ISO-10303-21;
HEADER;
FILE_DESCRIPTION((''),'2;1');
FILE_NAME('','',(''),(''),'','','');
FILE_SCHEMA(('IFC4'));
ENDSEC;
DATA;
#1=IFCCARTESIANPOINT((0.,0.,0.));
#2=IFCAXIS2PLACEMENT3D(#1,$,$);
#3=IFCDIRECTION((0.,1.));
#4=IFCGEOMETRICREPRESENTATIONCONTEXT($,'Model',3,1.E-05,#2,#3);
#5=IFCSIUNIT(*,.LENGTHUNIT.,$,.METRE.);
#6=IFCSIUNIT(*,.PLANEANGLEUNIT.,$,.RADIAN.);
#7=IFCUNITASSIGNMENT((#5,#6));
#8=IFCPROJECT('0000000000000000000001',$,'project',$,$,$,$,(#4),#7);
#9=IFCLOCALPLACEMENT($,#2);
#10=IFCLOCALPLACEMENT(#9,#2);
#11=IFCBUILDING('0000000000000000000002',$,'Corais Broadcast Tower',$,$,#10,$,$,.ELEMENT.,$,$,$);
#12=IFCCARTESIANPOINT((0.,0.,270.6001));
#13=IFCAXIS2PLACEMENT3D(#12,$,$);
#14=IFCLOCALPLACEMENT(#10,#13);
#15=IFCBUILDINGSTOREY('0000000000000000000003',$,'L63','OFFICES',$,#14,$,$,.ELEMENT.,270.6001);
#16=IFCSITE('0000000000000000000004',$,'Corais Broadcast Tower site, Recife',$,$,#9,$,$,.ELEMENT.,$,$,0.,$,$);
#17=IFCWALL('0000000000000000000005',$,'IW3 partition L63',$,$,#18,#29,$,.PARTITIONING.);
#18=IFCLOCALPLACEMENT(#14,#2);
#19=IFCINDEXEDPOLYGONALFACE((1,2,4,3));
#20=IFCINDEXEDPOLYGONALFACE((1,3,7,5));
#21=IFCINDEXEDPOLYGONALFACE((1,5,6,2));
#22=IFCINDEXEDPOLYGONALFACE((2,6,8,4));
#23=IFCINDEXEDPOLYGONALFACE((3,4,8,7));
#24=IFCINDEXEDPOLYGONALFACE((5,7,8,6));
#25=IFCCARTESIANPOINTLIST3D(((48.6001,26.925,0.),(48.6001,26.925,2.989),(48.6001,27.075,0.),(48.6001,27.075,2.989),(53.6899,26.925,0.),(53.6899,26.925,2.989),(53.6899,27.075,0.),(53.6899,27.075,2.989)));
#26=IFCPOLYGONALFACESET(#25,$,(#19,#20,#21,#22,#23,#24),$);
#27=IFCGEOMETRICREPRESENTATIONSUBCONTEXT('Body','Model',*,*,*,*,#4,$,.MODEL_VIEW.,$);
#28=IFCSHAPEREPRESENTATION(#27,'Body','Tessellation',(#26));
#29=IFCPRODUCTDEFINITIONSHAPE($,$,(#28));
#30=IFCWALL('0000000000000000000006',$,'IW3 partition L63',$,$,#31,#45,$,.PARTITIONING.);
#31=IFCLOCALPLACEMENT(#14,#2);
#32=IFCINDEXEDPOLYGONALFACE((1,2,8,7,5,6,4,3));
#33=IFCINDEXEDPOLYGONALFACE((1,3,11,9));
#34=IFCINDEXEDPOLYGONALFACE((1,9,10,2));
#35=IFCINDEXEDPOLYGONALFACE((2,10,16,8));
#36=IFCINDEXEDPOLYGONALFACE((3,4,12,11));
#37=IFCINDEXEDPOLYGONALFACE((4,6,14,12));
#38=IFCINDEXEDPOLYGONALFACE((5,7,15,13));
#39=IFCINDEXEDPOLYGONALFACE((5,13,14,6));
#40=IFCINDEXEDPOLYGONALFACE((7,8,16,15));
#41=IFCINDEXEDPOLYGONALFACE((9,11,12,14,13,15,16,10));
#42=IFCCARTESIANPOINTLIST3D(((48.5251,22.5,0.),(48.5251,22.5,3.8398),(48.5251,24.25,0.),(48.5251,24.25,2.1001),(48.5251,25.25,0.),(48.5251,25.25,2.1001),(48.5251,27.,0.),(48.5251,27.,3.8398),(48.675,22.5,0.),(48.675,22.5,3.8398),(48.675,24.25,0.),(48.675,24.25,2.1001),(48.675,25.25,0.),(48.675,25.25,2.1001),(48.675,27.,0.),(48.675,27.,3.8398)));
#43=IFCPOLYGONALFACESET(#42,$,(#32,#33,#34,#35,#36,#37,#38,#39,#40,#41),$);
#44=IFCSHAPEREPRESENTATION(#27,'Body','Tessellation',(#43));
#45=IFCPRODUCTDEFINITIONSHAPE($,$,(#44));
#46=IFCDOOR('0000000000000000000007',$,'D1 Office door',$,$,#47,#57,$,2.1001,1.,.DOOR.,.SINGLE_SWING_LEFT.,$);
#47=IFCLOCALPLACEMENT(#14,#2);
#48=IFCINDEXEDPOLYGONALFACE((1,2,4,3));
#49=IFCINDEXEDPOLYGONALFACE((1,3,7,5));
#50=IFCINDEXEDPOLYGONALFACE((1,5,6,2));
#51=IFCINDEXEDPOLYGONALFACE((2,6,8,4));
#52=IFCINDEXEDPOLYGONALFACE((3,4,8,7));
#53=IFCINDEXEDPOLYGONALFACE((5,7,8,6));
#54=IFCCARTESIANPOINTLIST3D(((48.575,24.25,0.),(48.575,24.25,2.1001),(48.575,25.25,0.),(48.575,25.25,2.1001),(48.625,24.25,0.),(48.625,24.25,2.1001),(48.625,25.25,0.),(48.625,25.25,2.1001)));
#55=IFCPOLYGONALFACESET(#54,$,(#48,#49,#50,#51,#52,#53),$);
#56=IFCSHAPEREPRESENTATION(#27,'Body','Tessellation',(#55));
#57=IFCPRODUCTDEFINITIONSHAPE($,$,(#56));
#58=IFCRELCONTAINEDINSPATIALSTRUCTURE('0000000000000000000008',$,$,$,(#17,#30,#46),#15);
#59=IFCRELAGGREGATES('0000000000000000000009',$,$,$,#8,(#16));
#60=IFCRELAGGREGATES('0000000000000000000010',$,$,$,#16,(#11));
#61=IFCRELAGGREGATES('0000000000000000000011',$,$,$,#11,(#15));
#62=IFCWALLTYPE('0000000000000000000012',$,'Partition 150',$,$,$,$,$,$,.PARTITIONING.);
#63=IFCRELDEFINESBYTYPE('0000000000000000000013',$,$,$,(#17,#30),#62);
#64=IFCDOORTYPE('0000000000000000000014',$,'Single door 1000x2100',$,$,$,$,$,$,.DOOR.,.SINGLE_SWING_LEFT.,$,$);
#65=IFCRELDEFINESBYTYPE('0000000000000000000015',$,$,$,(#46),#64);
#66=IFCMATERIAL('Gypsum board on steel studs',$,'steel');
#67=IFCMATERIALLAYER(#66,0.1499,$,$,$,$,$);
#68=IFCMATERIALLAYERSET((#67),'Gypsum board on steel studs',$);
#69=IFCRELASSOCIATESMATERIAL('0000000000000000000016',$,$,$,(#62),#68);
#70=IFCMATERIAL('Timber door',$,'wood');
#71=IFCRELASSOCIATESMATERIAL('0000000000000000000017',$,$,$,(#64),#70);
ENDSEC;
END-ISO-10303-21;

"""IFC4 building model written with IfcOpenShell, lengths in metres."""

from ifc_helpers import new_model, si_unit, direction, frame, frame_2d, origin, place, context, subcontext, project, spatial, rectangle, extrude, material, layer, layer_set, type_object, element, fill, save


model = new_model("IFC4")

# Units and contexts
model_context = context("Model", 3, precision=1e-05, world=origin(), true_north=direction((0.0, 1.0)))
body_context = subcontext(model_context, "Body", "Model", "MODEL_VIEW")
ifc_project = project(units=[si_unit("LENGTHUNIT", "METRE"), si_unit("PLANEANGLEUNIT", "RADIAN")], contexts=[model_context])

# Site, building, storey
site_placement = place(None, origin())
site = spatial("IfcSite", under=ifc_project, at=site_placement, Name="Corais Broadcast Tower site, Recife", CompositionType="ELEMENT", RefElevation=0.0)
building_placement = place(site_placement, origin())
building = spatial("IfcBuilding", under=site, at=building_placement, Name="Corais Broadcast Tower", CompositionType="ELEMENT")
storey_placement = place(building_placement, frame((0.0, 0.0, 270.6001)))
storey = spatial("IfcBuildingStorey", under=building, at=storey_placement, Name="L63", Description="OFFICES", CompositionType="ELEMENT", Elevation=270.6001)

# Wall
ifc_material_1 = material(Name="Gypsum board on steel studs", Category="steel")
ifc_layer_1 = layer(ifc_material_1, 0.1499)
ifc_layer_set_1 = layer_set([ifc_layer_1], Name="Gypsum board on steel studs")
wall_type = type_object("IfcWallType", Name="Partition 150", PredefinedType="PARTITIONING", material=ifc_layer_set_1)
wall_1_placement = place(storey_placement, frame((53.6899, 27.0, 0.0), z_axis=(0.0, 0.0, 1.0), x_axis=(-1.0, 0.0, 0.0)))
element("IfcWall", 1, at=wall_1_placement, inside=storey, type_object=wall_type, Name="IW3 partition L63", PredefinedType="PARTITIONING", context=body_context, shape_type="SweptSolid", body=[
    extrude(rectangle(XDim=5.0898, YDim=0.1499, at=frame_2d((2.5449, 0.0))), origin(), (0.0, 0.0, 1.0), 2.989),
])

# Wall, opening, door
wall_2_placement = place(storey_placement, frame((48.6001, 27.0, 0.0), z_axis=(0.0, 0.0, 1.0), x_axis=(0.0, -1.0, 0.0)))
wall_2 = element("IfcWall", 2, at=wall_2_placement, inside=storey, type_object=wall_type, Name="IW3 partition L63", PredefinedType="PARTITIONING", context=body_context, shape_type="SweptSolid", body=[
    extrude(rectangle(XDim=4.5, YDim=0.1499, at=frame_2d((2.25, 0.0))), origin(), (0.0, 0.0, 1.0), 3.8398),
])
opening_placement = place(wall_2_placement, frame((1.75, 0.0, 0.0)))
opening = element("IfcOpeningElement", 3, at=opening_placement, cuts=wall_2, PredefinedType="OPENING", context=body_context, shape_type="SweptSolid", body=[
    extrude(rectangle(XDim=1.0, YDim=2.1001, at=frame_2d((0.5, 1.05))), frame((0.0, 0.085, 0.0), z_axis=(0.0, -1.0, 0.0), x_axis=(1.0, 0.0, 0.0)), (0.0, 0.0, 1.0), 0.1699),
])
ifc_material_2 = material(Name="Timber door", Category="wood")
door_type = type_object("IfcDoorType", Name="Single door 1000x2100", OperationType="SINGLE_SWING_LEFT", PredefinedType="DOOR", material=ifc_material_2)
door_placement = place(opening_placement, origin())
door = element("IfcDoor", 4, at=door_placement, inside=storey, type_object=door_type, Name="D1 Office door", OperationType="SINGLE_SWING_LEFT", OverallHeight=2.1001, OverallWidth=1.0, PredefinedType="DOOR", context=body_context, shape_type="SweptSolid", body=[
    extrude(rectangle(XDim=1.0, YDim=2.1001, at=frame_2d((0.5, 1.05))), frame((0.0, 0.0249, 0.0), z_axis=(0.0, -1.0, 0.0), x_axis=(1.0, 0.0, 0.0)), (0.0, 0.0, 1.0), 0.05),
])
fill(opening, door)

save(model, "model.ifc")
